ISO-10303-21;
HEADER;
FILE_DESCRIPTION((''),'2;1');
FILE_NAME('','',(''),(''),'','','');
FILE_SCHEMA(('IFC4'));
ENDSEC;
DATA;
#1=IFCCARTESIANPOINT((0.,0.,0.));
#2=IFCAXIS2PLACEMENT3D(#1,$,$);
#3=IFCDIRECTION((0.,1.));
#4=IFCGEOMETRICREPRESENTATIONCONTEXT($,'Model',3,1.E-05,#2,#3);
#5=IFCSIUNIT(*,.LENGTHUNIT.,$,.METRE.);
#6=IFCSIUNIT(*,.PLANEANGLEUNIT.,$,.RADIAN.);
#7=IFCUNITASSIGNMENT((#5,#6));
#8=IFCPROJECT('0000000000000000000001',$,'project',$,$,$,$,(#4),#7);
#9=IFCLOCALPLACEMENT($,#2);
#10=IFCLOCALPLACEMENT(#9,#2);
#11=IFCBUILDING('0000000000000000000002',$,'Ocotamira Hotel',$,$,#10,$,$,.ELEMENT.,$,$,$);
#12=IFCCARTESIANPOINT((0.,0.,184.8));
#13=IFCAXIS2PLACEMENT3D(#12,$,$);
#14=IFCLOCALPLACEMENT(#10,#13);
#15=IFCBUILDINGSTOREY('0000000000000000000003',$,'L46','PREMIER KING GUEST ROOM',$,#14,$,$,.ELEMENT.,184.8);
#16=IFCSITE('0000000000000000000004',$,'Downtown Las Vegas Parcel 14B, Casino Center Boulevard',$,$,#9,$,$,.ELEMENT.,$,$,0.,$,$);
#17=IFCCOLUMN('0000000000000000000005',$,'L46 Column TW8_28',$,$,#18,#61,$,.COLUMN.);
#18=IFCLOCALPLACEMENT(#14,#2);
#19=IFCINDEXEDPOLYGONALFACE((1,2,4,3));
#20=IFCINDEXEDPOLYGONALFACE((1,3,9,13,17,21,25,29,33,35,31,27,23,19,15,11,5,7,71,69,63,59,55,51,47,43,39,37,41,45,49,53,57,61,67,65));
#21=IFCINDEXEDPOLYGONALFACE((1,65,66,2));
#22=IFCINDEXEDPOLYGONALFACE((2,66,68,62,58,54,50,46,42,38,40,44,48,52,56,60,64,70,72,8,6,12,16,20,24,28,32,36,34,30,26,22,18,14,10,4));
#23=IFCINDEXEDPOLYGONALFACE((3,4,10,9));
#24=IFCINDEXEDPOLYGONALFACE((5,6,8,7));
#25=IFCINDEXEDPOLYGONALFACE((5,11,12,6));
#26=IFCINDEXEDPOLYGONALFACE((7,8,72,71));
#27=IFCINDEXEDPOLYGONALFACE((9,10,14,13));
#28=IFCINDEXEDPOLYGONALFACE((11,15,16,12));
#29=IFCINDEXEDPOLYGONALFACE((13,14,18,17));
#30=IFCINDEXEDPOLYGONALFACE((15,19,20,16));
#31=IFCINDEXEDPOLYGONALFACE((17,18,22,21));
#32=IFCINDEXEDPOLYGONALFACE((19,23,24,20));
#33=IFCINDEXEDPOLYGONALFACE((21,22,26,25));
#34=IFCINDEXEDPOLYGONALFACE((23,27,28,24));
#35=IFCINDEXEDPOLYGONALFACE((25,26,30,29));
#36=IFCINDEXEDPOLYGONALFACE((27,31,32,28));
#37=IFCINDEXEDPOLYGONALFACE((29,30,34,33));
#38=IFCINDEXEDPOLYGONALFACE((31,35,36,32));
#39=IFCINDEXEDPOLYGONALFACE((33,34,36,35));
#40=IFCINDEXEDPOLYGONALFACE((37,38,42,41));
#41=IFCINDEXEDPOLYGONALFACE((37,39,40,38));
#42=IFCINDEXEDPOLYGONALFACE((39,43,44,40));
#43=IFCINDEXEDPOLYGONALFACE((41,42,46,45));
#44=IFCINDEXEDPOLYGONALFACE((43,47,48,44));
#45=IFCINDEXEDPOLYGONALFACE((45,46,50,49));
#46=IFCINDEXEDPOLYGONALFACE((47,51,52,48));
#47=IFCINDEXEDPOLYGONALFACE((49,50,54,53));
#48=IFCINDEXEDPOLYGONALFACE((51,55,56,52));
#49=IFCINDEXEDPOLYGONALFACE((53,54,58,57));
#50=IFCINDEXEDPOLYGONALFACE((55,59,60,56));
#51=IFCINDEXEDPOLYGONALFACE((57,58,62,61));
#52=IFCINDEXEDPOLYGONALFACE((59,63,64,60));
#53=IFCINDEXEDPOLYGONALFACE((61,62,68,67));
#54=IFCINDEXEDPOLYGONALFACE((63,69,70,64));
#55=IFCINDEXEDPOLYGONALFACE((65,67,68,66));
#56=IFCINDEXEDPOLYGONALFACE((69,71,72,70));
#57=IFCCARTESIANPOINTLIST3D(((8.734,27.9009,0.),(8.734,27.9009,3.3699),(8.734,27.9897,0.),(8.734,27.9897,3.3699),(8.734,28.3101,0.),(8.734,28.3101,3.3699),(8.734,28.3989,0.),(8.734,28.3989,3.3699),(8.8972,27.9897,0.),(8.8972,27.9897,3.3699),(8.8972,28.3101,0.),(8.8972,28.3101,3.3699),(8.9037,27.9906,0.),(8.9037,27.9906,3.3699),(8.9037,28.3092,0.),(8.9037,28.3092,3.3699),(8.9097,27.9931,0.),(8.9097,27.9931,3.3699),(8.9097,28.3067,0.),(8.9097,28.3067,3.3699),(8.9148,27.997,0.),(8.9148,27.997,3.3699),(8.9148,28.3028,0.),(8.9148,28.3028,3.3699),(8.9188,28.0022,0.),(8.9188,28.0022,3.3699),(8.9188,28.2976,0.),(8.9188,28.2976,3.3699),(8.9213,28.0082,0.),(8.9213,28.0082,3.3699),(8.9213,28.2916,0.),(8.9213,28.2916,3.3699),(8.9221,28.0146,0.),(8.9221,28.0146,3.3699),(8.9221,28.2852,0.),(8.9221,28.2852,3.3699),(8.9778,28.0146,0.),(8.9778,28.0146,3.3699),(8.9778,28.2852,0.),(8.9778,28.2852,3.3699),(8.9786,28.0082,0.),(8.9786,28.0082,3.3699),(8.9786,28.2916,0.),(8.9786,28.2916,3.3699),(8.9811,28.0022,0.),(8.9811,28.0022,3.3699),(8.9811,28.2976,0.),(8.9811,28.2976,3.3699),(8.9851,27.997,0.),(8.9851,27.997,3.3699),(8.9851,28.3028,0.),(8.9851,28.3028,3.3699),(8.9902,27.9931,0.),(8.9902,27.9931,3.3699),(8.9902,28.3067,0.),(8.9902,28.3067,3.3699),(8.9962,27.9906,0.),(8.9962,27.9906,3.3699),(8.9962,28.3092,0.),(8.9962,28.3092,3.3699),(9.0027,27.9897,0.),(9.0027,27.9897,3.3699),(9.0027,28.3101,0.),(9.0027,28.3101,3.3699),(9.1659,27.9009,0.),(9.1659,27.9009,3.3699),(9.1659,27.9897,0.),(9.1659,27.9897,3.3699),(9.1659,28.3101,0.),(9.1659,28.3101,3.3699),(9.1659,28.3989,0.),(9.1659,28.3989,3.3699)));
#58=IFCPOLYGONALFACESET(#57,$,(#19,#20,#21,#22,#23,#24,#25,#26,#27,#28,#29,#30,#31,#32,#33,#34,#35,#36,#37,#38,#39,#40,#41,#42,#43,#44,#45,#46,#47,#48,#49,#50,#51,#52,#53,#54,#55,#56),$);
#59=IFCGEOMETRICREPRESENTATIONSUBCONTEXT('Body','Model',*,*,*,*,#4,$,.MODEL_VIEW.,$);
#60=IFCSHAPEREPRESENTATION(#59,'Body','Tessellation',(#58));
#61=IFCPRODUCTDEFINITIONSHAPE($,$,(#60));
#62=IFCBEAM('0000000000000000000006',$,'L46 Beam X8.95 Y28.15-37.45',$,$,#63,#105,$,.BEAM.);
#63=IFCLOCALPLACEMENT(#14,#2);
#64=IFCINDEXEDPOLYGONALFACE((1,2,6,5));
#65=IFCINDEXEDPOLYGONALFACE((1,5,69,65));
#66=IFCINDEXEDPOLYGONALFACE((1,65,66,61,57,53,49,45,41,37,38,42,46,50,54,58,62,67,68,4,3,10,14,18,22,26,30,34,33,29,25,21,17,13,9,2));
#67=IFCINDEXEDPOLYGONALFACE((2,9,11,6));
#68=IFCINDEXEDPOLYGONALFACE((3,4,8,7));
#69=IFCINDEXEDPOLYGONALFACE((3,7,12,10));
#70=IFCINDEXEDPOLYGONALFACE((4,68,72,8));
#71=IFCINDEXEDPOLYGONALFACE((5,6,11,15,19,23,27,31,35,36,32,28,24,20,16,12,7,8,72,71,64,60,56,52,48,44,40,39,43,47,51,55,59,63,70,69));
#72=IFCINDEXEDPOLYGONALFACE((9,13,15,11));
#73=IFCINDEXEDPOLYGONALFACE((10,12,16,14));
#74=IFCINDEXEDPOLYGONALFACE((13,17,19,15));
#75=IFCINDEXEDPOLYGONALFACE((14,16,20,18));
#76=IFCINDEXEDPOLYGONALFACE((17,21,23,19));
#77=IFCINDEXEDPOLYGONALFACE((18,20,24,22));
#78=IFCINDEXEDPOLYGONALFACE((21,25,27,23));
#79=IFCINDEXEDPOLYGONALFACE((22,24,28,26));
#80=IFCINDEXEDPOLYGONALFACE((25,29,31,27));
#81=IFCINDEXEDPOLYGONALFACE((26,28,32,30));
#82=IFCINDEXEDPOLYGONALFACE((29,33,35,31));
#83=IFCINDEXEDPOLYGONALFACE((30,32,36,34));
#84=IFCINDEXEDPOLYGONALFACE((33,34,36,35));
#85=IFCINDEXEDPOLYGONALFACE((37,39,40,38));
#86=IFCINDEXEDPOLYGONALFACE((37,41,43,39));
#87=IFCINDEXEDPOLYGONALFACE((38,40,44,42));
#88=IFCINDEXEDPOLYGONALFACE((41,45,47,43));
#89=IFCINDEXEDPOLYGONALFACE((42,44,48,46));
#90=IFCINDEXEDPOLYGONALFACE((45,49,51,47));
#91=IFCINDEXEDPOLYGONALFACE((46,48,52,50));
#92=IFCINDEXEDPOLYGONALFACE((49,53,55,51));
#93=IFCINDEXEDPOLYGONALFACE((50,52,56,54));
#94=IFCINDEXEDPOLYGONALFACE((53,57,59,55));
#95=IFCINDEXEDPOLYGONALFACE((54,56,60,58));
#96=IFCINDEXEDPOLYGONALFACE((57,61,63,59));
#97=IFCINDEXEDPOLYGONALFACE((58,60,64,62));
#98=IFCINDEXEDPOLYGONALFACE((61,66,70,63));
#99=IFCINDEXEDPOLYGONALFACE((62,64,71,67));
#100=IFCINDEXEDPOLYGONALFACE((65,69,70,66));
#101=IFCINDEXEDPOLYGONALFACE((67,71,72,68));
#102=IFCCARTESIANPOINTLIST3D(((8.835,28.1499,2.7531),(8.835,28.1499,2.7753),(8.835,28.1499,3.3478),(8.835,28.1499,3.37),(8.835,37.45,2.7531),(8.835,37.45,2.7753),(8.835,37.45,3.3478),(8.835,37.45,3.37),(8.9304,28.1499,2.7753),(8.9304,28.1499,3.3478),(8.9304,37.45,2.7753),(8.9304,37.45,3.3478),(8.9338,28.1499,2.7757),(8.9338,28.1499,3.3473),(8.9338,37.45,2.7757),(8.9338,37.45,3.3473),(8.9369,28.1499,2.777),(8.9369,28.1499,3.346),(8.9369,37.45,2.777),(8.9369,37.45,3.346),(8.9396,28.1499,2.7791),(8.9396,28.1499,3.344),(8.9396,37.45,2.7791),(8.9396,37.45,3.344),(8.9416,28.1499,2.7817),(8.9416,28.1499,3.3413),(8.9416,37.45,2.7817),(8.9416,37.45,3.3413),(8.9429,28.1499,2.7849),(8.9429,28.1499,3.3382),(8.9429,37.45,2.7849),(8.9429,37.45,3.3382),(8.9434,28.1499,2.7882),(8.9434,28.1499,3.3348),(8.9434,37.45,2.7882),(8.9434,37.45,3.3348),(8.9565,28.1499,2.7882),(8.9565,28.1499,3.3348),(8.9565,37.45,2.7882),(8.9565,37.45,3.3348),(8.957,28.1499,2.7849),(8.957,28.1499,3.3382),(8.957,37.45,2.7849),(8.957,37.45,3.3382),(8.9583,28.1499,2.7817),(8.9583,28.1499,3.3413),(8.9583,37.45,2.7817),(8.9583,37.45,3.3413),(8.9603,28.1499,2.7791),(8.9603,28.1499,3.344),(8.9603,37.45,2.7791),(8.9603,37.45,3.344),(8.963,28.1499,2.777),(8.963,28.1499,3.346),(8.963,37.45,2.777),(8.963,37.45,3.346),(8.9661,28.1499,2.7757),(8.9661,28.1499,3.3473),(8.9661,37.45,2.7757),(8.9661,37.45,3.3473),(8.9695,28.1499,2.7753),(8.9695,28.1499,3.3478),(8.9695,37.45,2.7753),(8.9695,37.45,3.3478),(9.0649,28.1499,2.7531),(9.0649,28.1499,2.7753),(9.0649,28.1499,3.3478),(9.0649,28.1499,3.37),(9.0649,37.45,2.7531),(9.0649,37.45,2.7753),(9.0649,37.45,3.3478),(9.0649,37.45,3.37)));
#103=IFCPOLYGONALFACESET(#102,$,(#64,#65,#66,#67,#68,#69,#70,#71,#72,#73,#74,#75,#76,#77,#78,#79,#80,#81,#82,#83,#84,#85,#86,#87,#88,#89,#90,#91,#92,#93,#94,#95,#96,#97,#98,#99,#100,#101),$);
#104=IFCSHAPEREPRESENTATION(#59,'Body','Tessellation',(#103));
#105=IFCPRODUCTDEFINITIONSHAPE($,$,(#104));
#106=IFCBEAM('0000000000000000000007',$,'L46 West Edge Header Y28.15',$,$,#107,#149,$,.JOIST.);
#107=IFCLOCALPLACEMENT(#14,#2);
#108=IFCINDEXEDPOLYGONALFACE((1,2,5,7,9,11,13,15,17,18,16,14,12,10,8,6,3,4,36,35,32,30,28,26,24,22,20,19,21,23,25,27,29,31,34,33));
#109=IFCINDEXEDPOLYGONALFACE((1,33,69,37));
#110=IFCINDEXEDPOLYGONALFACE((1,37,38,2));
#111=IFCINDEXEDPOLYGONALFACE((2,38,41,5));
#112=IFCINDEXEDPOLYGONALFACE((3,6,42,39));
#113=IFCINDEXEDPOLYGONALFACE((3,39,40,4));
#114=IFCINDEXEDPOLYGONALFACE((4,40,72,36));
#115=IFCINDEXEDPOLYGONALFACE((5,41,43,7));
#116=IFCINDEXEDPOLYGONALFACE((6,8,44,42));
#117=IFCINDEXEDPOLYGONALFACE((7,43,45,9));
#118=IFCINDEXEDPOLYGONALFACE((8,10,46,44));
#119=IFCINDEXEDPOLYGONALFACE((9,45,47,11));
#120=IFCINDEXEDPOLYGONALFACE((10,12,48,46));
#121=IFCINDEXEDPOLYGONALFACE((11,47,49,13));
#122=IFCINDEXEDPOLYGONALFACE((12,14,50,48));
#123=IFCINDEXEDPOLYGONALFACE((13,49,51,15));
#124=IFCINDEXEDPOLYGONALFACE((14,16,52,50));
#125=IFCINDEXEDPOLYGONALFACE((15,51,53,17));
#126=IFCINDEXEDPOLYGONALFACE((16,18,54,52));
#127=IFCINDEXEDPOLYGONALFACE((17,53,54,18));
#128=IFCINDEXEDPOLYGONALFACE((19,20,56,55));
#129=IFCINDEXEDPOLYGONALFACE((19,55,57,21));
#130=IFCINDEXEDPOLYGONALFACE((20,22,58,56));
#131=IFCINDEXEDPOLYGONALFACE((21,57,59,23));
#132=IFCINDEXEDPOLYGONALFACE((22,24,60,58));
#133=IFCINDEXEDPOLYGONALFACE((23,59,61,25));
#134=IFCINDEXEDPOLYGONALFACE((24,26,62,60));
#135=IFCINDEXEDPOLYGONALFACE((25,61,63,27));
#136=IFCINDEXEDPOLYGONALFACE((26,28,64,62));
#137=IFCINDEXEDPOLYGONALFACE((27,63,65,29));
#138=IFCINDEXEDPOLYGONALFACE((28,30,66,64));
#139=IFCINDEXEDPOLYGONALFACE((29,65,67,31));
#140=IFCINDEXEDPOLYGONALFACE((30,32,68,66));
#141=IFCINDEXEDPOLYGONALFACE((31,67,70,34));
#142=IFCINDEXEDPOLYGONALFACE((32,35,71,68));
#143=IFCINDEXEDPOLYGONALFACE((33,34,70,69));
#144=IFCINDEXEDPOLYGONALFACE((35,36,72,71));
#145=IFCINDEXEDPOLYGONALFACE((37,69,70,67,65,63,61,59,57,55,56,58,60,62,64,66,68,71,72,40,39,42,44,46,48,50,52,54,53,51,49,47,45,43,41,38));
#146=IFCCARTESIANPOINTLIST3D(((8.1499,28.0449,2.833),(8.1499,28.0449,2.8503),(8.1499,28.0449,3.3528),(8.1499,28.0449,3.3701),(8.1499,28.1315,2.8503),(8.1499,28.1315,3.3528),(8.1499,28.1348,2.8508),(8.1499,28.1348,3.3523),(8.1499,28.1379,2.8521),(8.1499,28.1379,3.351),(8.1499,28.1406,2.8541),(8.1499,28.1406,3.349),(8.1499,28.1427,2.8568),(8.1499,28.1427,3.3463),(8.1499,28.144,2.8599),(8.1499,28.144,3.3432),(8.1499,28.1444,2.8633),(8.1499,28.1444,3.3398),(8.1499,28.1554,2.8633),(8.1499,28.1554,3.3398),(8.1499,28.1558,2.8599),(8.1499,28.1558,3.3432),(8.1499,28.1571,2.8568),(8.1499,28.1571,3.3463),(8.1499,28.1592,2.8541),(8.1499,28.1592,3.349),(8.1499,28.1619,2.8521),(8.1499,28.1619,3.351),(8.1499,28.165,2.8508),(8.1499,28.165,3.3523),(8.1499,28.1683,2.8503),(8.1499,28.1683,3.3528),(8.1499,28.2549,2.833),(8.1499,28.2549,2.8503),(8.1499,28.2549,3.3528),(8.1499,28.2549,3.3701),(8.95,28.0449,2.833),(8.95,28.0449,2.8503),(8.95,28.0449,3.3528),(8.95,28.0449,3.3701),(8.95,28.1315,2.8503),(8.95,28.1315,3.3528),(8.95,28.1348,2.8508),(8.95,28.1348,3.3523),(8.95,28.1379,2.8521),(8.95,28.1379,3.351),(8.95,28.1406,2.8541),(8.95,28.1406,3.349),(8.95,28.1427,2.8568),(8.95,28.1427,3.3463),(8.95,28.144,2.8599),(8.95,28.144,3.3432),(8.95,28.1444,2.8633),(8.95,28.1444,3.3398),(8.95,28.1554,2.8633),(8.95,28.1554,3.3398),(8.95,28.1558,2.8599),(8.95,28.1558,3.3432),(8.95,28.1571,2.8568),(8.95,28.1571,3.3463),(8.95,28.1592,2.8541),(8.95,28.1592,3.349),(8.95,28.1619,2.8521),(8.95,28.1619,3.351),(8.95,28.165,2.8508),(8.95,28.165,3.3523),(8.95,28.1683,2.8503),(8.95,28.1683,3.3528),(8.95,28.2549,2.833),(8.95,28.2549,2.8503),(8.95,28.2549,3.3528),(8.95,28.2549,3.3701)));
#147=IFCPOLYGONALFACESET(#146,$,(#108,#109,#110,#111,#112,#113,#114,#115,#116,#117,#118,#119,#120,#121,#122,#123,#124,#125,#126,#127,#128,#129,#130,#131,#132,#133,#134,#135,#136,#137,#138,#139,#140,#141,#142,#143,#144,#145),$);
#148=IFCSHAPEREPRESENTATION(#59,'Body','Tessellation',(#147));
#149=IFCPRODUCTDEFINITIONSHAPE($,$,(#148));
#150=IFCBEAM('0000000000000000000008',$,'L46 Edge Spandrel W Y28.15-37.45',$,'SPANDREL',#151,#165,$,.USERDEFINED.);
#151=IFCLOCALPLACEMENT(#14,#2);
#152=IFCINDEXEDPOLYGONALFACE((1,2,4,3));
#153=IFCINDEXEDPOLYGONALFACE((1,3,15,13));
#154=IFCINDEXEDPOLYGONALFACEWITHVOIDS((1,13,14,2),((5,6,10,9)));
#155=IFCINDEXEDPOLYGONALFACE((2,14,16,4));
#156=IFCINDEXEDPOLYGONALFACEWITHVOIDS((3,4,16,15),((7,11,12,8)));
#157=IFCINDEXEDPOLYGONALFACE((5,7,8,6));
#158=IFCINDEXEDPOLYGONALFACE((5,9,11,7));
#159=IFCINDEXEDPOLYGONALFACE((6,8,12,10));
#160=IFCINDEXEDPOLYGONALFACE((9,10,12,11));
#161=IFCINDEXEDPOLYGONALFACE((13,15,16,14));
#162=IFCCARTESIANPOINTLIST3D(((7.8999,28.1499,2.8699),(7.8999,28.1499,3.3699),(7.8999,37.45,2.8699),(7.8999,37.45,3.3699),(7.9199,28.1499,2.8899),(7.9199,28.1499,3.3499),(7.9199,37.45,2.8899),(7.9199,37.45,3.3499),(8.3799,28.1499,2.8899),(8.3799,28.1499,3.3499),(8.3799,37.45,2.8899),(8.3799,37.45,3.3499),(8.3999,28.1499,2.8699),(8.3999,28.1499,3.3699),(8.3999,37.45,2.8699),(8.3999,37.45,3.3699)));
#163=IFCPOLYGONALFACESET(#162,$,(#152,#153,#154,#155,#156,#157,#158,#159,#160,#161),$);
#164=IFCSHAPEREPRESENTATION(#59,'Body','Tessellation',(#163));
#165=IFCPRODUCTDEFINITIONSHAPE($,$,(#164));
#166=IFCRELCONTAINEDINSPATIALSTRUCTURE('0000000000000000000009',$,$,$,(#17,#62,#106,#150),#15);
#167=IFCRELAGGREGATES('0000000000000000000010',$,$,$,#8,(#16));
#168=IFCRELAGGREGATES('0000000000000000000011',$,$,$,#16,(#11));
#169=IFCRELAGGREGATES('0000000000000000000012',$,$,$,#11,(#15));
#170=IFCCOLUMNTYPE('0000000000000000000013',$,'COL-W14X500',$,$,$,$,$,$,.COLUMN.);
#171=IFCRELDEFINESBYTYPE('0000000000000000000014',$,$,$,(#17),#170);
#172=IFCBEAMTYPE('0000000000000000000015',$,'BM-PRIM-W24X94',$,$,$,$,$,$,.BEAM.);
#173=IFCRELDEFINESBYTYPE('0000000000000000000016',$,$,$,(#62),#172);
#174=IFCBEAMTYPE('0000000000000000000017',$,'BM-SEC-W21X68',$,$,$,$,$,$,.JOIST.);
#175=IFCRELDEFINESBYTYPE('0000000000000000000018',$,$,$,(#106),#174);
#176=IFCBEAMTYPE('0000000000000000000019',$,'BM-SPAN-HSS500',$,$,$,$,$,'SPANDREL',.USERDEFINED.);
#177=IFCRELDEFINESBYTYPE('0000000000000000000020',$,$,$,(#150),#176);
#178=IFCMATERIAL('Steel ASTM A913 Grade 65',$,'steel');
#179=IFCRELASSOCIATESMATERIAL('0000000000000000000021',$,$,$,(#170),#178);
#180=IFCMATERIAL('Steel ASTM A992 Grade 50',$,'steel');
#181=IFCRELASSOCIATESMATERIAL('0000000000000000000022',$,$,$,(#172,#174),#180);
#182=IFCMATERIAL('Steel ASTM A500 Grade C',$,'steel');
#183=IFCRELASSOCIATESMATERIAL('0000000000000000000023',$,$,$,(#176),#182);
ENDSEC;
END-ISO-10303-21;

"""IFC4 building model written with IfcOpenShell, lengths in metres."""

from ifc_helpers import new_model, si_unit, direction, frame, origin, origin_2d, place, context, subcontext, project, spatial, hollow_rectangle, i_section, extrude, source, transform, mapped, material, material_profile, profile_set, type_object, element, save


model = new_model("IFC4")

# Units and contexts
model_context = context("Model", 3, precision=1e-05, world=origin(), true_north=direction((0.0, 1.0)))
body_context = subcontext(model_context, "Body", "Model", "MODEL_VIEW")
ifc_project = project(units=[si_unit("LENGTHUNIT", "METRE"), si_unit("PLANEANGLEUNIT", "RADIAN")], contexts=[model_context])

# Site, building, storey
site_placement = place(None, origin())
site = spatial("IfcSite", under=ifc_project, at=site_placement, Name="Downtown Las Vegas Parcel 14B, Casino Center Boulevard", CompositionType="ELEMENT", RefElevation=0.0)
building_placement = place(site_placement, origin())
building = spatial("IfcBuilding", under=site, at=building_placement, Name="Ocotamira Hotel", CompositionType="ELEMENT")
storey_placement = place(building_placement, frame((0.0, 0.0, 184.8)))
storey = spatial("IfcBuildingStorey", under=building, at=storey_placement, Name="L46", Description="PREMIER KING GUEST ROOM", CompositionType="ELEMENT", Elevation=184.8)

# Column
ifc_material_1 = material(Name="Steel ASTM A913 Grade 65", Category="steel")
ifc_material_profile_1 = material_profile(ifc_material_1, i_section(OverallWidth=0.4319, OverallDepth=0.498, WebThickness=0.0557, FlangeThickness=0.0889, FilletRadius=0.0249, at=origin_2d()), Name="W14X500")
ifc_profile_set_1 = profile_set([ifc_material_profile_1], Name="Steel ASTM A913 Grade 65")
column_type = type_object("IfcColumnType", Name="COL-W14X500", PredefinedType="COLUMN", material=ifc_profile_set_1)
shared_shape_1 = source(origin(), body_context, "Body", "SweptSolid", [
    extrude(i_section(OverallWidth=0.4319, OverallDepth=0.498, WebThickness=0.0557, FlangeThickness=0.0889, FilletRadius=0.0249, at=origin_2d()), origin(), (0.0, 0.0, 1.0), 3.3699),
])
column_placement = place(storey_placement, frame((8.95, 28.1499, 0.0), z_axis=(0.0, 0.0, 1.0), x_axis=(1.0, 0.0, 0.0)))
element("IfcColumn", 1, at=column_placement, inside=storey, type_object=column_type, Name="L46 Column TW8_28", PredefinedType="COLUMN", context=body_context, shape_type="MappedRepresentation", body=[
    mapped(shared_shape_1, transform((0.0, 0.0, 0.0), scale=1.0)),
])

# Beams
ifc_material_2 = material(Name="Steel ASTM A992 Grade 50", Category="steel")
ifc_material_profile_2 = material_profile(ifc_material_2, i_section(OverallWidth=0.23, OverallDepth=0.6169, WebThickness=0.0132, FlangeThickness=0.0222, FilletRadius=0.0129, at=origin_2d()), Name="W24X94")
ifc_profile_set_2 = profile_set([ifc_material_profile_2], Name="Steel ASTM A992 Grade 50")
beam_type_1 = type_object("IfcBeamType", Name="BM-PRIM-W24X94", PredefinedType="BEAM", material=ifc_profile_set_2)
shared_shape_2 = source(origin(), body_context, "Body", "SweptSolid", [
    extrude(i_section(OverallWidth=0.23, OverallDepth=0.6169, WebThickness=0.0132, FlangeThickness=0.0222, FilletRadius=0.0129, at=origin_2d()), origin(), (0.0, 0.0, 1.0), 9.3),
])
beam_1_placement = place(storey_placement, frame((8.95, 28.1499, 3.0615), z_axis=(0.0, 1.0, 0.0), x_axis=(-1.0, 0.0, 0.0)))
element("IfcBeam", 2, at=beam_1_placement, inside=storey, type_object=beam_type_1, Name="L46 Beam X8.95 Y28.15-37.45", PredefinedType="BEAM", context=body_context, shape_type="MappedRepresentation", body=[
    mapped(shared_shape_2, transform((0.0, 0.0, 0.0), scale=1.0)),
])
ifc_material_profile_3 = material_profile(ifc_material_2, i_section(OverallWidth=0.21, OverallDepth=0.5371, WebThickness=0.011, FlangeThickness=0.0173, FilletRadius=0.0129, at=origin_2d()), Name="W21X68")
ifc_profile_set_3 = profile_set([ifc_material_profile_3], Name="Steel ASTM A992 Grade 50")
beam_type_2 = type_object("IfcBeamType", Name="BM-SEC-W21X68", PredefinedType="JOIST", material=ifc_profile_set_3)
shared_shape_3 = source(origin(), body_context, "Body", "SweptSolid", [
    extrude(i_section(OverallWidth=0.21, OverallDepth=0.5371, WebThickness=0.011, FlangeThickness=0.0173, FilletRadius=0.0129, at=origin_2d()), origin(), (0.0, 0.0, 1.0), 0.8),
])
beam_2_placement = place(storey_placement, frame((8.95, 28.1499, 3.1016), z_axis=(-1.0, 0.0, 0.0), x_axis=(0.0, -1.0, 0.0)))
element("IfcBeam", 3, at=beam_2_placement, inside=storey, type_object=beam_type_2, Name="L46 West Edge Header Y28.15", PredefinedType="JOIST", context=body_context, shape_type="MappedRepresentation", body=[
    mapped(shared_shape_3, transform((0.0, 0.0, 0.0), scale=1.0)),
])
ifc_material_3 = material(Name="Steel ASTM A500 Grade C", Category="steel")
ifc_material_profile_4 = material_profile(ifc_material_3, hollow_rectangle(XDim=0.5, YDim=0.5, WallThickness=0.02, at=origin_2d()), Name="HSS500X500X20")
ifc_profile_set_4 = profile_set([ifc_material_profile_4], Name="Steel ASTM A500 Grade C")
beam_type_3 = type_object("IfcBeamType", Name="BM-SPAN-HSS500", ElementType="SPANDREL", PredefinedType="USERDEFINED", material=ifc_profile_set_4)
shared_shape_4 = source(origin(), body_context, "Body", "SweptSolid", [
    extrude(hollow_rectangle(XDim=0.5, YDim=0.5, WallThickness=0.02, at=origin_2d()), origin(), (0.0, 0.0, 1.0), 9.3),
])
beam_3_placement = place(storey_placement, frame((8.1499, 28.1499, 3.1199), z_axis=(0.0, 1.0, 0.0), x_axis=(-1.0, 0.0, 0.0)))
element("IfcBeam", 4, at=beam_3_placement, inside=storey, type_object=beam_type_3, Name="L46 Edge Spandrel W Y28.15-37.45", ObjectType="SPANDREL", PredefinedType="USERDEFINED", context=body_context, shape_type="MappedRepresentation", body=[
    mapped(shared_shape_4, transform((0.0, 0.0, 0.0), scale=1.0)),
])

save(model, "model.ifc")
